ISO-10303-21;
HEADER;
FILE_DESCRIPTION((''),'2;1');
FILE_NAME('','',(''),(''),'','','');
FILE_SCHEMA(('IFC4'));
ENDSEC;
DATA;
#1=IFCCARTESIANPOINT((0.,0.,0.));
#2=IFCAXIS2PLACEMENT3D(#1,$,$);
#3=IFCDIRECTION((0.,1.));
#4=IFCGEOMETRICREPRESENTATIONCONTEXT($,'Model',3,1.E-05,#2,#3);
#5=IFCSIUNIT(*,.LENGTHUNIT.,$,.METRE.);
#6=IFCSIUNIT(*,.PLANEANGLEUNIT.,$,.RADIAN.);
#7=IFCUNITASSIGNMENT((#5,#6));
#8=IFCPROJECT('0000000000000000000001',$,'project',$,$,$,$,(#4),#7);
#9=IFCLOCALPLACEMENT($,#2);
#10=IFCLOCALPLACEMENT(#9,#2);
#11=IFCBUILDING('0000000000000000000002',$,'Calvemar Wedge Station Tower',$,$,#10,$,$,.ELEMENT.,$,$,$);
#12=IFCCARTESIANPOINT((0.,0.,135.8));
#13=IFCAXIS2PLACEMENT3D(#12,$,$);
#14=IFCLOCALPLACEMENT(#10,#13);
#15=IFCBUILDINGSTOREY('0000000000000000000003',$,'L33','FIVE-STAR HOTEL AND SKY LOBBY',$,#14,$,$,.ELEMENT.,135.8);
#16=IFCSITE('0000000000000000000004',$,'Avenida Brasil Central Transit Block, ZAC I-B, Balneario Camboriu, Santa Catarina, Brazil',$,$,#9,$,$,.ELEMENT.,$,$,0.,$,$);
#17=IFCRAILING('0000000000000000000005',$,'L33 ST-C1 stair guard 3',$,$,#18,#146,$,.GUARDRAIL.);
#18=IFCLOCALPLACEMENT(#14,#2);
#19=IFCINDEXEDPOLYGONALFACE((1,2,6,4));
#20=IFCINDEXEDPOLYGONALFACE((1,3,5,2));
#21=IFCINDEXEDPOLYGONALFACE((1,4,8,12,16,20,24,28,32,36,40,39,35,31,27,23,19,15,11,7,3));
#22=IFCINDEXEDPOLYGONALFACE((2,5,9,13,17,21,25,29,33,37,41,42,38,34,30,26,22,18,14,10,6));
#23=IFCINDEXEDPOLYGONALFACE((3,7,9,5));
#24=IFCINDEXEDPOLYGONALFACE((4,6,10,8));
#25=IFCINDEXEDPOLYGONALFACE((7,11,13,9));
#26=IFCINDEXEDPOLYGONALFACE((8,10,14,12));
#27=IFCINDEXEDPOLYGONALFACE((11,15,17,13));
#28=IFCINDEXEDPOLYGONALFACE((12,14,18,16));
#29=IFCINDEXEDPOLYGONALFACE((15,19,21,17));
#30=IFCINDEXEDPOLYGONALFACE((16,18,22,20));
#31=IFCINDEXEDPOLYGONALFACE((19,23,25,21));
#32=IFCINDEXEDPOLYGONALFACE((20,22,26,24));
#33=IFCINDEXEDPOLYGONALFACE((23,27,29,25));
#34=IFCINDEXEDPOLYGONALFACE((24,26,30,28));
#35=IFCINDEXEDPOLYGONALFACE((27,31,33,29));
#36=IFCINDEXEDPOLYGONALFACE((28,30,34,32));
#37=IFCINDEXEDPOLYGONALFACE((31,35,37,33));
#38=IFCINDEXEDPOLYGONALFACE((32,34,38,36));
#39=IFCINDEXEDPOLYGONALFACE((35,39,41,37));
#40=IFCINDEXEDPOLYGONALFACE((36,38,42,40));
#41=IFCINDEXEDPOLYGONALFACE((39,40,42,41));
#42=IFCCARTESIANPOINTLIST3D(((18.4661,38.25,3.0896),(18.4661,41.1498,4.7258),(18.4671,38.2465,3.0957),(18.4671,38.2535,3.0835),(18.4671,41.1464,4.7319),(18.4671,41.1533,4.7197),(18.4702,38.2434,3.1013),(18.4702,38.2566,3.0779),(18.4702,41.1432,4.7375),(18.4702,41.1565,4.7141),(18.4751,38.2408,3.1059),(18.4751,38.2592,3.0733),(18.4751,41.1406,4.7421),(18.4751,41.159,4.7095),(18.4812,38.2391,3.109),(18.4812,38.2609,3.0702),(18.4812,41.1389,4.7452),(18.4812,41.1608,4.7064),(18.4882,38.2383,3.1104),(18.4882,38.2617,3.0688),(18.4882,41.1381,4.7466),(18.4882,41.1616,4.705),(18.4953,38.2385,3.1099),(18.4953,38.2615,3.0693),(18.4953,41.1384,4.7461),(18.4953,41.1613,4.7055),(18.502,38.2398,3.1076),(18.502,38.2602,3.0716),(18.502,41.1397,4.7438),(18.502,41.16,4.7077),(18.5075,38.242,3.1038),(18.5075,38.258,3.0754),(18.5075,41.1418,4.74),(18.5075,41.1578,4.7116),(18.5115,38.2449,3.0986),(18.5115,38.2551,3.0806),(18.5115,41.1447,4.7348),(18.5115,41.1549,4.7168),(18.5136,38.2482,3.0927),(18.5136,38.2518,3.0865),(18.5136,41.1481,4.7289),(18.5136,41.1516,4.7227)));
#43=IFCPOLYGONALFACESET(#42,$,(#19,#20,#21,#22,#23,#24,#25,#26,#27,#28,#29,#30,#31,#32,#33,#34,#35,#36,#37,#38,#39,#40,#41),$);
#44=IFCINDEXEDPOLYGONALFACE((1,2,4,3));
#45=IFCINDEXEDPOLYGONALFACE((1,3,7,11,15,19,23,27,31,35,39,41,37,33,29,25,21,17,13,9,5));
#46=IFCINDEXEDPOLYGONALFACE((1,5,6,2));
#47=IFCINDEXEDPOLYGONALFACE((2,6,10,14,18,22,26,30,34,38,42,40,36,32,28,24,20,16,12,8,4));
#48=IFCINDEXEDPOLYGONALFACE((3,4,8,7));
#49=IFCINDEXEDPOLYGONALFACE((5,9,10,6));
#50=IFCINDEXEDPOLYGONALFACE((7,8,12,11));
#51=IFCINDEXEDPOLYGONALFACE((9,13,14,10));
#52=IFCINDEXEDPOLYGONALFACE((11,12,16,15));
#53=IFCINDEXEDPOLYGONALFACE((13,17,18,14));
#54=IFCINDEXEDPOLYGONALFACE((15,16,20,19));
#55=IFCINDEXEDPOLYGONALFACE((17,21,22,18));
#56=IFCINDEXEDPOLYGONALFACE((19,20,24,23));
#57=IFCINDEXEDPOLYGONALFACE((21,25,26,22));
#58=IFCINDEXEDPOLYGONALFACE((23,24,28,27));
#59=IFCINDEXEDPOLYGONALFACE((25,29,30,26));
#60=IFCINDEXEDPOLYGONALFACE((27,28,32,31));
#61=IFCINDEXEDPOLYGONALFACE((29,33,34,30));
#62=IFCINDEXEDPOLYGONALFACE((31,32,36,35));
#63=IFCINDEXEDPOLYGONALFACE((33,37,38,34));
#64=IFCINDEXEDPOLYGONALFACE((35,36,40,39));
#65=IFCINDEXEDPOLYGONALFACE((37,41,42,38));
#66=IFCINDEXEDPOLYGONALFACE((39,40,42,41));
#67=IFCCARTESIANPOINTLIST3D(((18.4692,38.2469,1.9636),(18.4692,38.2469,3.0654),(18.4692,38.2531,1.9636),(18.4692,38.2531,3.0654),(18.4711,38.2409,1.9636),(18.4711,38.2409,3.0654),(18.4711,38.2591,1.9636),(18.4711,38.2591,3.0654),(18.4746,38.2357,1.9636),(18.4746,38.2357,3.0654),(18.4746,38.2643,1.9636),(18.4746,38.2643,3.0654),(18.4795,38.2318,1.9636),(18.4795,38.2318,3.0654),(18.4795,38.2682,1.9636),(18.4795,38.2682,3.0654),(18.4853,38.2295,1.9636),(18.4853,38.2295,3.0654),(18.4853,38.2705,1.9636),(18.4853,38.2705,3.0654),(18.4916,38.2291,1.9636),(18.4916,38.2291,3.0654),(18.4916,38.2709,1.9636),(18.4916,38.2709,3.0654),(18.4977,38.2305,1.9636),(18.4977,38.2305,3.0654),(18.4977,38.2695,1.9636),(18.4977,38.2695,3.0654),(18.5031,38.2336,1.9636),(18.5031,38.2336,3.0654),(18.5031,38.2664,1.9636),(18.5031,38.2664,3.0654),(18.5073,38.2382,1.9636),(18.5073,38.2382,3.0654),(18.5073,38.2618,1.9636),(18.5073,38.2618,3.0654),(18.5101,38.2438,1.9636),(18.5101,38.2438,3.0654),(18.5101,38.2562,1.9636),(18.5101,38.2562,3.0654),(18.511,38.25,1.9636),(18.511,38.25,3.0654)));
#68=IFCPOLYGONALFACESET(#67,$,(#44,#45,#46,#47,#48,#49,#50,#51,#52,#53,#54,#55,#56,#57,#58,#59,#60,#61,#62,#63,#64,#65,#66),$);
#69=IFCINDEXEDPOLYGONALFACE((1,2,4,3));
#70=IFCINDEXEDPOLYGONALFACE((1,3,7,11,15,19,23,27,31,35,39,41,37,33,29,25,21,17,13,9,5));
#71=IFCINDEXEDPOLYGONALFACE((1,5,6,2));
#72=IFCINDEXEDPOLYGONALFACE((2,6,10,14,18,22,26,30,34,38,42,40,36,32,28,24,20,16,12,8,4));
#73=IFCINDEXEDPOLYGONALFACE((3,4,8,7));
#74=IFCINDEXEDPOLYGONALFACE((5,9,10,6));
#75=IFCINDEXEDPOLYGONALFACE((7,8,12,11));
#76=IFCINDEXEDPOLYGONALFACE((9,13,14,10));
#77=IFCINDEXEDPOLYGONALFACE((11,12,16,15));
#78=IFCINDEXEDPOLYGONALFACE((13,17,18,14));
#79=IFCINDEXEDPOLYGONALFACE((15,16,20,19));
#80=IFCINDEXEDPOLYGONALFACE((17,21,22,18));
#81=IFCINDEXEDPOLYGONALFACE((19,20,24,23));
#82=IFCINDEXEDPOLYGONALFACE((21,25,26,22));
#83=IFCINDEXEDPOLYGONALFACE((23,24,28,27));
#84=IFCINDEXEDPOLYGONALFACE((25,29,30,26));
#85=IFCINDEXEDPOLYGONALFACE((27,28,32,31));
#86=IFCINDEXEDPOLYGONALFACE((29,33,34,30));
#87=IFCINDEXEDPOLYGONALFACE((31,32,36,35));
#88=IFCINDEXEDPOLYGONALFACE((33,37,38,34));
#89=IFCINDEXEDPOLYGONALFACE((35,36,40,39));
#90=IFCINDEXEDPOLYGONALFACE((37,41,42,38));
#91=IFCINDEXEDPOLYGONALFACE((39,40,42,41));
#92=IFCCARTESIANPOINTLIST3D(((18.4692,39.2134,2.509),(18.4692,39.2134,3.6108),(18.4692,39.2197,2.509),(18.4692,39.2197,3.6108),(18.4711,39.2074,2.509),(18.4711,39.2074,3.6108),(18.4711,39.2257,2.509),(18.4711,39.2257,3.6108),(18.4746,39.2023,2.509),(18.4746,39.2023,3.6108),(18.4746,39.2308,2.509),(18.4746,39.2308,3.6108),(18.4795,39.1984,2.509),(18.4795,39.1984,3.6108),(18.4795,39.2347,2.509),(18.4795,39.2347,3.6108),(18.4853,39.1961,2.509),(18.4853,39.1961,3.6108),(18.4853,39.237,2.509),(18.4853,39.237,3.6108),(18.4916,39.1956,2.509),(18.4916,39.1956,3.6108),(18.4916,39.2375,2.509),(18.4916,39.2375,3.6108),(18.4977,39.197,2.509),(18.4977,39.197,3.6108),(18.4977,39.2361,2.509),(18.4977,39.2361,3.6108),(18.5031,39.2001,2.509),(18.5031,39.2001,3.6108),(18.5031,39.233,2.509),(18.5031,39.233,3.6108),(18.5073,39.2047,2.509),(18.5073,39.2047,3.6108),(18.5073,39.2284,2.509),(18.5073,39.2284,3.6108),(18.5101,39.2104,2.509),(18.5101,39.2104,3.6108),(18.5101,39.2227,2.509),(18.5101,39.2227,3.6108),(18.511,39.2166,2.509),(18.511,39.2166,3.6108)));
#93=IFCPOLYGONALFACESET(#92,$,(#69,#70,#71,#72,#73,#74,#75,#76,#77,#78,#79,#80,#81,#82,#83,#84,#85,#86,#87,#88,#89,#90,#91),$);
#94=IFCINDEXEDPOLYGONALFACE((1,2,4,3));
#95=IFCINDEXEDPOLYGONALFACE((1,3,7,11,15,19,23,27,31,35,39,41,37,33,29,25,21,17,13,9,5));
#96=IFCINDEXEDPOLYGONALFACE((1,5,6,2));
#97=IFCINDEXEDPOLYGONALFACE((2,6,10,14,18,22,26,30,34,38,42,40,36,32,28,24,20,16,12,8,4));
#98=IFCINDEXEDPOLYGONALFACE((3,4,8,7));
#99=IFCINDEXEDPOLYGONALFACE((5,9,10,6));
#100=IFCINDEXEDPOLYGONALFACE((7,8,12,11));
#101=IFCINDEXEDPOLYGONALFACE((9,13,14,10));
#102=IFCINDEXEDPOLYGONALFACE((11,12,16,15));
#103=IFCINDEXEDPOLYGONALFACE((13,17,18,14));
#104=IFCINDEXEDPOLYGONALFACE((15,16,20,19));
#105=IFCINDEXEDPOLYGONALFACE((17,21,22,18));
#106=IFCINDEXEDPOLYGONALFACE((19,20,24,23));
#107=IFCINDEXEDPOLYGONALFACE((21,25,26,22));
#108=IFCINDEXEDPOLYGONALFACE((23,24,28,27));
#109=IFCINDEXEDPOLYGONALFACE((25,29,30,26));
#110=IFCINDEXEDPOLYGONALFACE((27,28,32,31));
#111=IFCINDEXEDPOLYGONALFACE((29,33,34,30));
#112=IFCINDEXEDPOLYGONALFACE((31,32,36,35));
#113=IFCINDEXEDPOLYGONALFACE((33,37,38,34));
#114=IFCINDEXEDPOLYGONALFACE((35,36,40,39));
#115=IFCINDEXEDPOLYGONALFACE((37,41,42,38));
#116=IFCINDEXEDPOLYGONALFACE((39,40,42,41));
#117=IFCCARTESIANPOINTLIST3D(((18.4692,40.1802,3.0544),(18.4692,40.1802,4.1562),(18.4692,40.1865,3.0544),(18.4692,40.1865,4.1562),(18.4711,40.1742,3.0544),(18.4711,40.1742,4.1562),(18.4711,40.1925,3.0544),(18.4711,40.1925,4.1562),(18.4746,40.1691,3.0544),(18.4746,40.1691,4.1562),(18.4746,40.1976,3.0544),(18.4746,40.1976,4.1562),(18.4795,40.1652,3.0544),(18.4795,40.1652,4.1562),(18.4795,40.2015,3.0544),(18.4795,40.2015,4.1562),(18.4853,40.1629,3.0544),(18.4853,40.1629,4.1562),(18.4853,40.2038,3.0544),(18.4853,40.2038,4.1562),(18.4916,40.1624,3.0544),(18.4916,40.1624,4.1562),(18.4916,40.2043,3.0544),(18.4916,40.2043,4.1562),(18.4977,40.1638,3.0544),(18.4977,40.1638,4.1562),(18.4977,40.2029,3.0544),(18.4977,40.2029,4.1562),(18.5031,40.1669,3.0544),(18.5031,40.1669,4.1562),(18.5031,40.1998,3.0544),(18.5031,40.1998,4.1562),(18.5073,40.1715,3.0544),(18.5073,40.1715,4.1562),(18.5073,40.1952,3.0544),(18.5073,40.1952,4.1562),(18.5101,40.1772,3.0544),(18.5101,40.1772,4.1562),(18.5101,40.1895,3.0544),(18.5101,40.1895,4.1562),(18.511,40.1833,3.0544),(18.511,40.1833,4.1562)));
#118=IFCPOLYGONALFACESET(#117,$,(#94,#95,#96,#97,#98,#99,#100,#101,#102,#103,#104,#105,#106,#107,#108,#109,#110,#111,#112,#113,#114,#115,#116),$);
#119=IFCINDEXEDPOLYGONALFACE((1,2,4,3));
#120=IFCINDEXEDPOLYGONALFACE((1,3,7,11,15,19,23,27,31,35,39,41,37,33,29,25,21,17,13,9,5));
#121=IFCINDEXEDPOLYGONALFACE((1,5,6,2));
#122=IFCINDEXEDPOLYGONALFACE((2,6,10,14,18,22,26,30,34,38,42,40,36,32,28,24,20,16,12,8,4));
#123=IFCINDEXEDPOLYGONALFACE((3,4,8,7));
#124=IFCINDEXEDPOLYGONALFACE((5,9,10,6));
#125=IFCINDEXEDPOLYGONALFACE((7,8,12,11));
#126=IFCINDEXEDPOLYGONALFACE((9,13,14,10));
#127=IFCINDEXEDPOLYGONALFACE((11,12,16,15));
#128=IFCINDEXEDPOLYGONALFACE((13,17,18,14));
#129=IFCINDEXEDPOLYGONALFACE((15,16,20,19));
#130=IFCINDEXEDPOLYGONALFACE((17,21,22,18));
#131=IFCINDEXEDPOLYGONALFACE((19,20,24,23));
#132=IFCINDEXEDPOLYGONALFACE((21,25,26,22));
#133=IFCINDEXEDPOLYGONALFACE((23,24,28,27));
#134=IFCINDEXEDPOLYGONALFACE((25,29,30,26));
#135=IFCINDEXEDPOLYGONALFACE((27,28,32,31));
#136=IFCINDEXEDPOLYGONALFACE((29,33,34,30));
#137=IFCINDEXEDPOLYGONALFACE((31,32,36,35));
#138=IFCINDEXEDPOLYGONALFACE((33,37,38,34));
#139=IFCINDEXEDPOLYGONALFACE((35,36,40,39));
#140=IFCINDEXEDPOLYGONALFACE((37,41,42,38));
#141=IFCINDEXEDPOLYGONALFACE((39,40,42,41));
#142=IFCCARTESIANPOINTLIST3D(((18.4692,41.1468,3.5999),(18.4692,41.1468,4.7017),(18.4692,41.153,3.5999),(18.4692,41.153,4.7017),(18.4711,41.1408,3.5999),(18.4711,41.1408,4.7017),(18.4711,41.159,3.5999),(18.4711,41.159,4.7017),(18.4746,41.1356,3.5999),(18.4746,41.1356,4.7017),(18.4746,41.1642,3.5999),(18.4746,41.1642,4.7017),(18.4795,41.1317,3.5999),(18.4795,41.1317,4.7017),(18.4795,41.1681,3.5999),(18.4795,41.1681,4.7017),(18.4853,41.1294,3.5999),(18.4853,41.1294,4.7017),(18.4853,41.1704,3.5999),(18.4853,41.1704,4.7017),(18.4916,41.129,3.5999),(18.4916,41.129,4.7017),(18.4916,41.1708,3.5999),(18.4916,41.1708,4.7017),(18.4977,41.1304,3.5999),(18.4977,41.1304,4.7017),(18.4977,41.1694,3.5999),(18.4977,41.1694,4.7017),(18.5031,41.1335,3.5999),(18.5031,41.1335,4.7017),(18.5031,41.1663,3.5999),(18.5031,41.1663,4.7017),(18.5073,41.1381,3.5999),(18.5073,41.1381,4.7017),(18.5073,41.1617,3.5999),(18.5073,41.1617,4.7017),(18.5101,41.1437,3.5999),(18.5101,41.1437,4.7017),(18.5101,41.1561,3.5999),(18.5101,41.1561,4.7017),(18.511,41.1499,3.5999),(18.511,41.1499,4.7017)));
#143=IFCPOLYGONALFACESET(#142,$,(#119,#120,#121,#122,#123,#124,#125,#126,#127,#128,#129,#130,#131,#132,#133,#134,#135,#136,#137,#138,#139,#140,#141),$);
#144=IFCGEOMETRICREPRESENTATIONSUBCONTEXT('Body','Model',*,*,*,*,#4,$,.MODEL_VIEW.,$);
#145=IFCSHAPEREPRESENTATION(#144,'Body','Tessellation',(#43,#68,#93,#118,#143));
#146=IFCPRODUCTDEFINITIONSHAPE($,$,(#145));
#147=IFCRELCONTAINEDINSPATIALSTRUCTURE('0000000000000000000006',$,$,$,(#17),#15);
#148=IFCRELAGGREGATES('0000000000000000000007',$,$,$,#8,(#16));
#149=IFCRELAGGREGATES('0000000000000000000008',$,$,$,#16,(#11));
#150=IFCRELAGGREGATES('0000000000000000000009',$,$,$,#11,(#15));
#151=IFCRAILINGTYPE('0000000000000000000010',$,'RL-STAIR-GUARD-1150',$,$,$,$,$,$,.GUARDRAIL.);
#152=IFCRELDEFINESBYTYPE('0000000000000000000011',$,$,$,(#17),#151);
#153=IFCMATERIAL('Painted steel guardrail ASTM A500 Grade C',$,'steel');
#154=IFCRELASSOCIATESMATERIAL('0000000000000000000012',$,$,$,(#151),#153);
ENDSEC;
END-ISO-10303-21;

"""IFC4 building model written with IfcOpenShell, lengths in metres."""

from ifc_helpers import new_model, si_unit, direction, frame, origin, origin_2d, place, context, subcontext, project, spatial, circle, extrude, material, type_object, element, save


model = new_model("IFC4")

# Units and contexts
model_context = context("Model", 3, precision=1e-05, world=origin(), true_north=direction((0.0, 1.0)))
body_context = subcontext(model_context, "Body", "Model", "MODEL_VIEW")
ifc_project = project(units=[si_unit("LENGTHUNIT", "METRE"), si_unit("PLANEANGLEUNIT", "RADIAN")], contexts=[model_context])

# Site, building, storey
site_placement = place(None, origin())
site = spatial("IfcSite", under=ifc_project, at=site_placement, Name="Avenida Brasil Central Transit Block, ZAC I-B, Balneario Camboriu, Santa Catarina, Brazil", CompositionType="ELEMENT", RefElevation=0.0)
building_placement = place(site_placement, origin())
building = spatial("IfcBuilding", under=site, at=building_placement, Name="Calvemar Wedge Station Tower", CompositionType="ELEMENT")
storey_placement = place(building_placement, frame((0.0, 0.0, 135.8)))
storey = spatial("IfcBuildingStorey", under=building, at=storey_placement, Name="L33", Description="FIVE-STAR HOTEL AND SKY LOBBY", CompositionType="ELEMENT", Elevation=135.8)

# Railing
ifc_material_1 = material(Name="Painted steel guardrail ASTM A500 Grade C", Category="steel")
railing_type_1 = type_object("IfcRailingType", Name="RL-STAIR-GUARD-1150", PredefinedType="GUARDRAIL", material=ifc_material_1)
railing_1_placement = place(storey_placement, frame((18.49, 38.25, 1.9636)))
element("IfcRailing", 1, at=railing_1_placement, inside=storey, type_object=railing_type_1, Name="L33 ST-C1 stair guard 3", PredefinedType="GUARDRAIL", context=body_context, shape_type="SweptSolid", body=[
    extrude(circle(Radius=0.0239, at=origin_2d()), frame((0.0, 0.0, 1.126), z_axis=(0.0, 0.870929, 0.49141), x_axis=(-1.0, 0.0, 0.0)), (0.0, 0.0, 1.0), 3.3296),
    extrude(circle(Radius=0.021, at=origin_2d()), origin(), (0.0, 0.0, 1.0), 1.1018),
    extrude(circle(Radius=0.021, at=origin_2d()), frame((0.0, 0.9666, 0.5454)), (0.0, 0.0, 1.0), 1.1018),
    extrude(circle(Radius=0.021, at=origin_2d()), frame((0.0, 1.9333, 1.0908)), (0.0, 0.0, 1.0), 1.1018),
    extrude(circle(Radius=0.021, at=origin_2d()), frame((0.0, 2.8999, 1.6362)), (0.0, 0.0, 1.0), 1.1018),
])

save(model, "model.ifc")
